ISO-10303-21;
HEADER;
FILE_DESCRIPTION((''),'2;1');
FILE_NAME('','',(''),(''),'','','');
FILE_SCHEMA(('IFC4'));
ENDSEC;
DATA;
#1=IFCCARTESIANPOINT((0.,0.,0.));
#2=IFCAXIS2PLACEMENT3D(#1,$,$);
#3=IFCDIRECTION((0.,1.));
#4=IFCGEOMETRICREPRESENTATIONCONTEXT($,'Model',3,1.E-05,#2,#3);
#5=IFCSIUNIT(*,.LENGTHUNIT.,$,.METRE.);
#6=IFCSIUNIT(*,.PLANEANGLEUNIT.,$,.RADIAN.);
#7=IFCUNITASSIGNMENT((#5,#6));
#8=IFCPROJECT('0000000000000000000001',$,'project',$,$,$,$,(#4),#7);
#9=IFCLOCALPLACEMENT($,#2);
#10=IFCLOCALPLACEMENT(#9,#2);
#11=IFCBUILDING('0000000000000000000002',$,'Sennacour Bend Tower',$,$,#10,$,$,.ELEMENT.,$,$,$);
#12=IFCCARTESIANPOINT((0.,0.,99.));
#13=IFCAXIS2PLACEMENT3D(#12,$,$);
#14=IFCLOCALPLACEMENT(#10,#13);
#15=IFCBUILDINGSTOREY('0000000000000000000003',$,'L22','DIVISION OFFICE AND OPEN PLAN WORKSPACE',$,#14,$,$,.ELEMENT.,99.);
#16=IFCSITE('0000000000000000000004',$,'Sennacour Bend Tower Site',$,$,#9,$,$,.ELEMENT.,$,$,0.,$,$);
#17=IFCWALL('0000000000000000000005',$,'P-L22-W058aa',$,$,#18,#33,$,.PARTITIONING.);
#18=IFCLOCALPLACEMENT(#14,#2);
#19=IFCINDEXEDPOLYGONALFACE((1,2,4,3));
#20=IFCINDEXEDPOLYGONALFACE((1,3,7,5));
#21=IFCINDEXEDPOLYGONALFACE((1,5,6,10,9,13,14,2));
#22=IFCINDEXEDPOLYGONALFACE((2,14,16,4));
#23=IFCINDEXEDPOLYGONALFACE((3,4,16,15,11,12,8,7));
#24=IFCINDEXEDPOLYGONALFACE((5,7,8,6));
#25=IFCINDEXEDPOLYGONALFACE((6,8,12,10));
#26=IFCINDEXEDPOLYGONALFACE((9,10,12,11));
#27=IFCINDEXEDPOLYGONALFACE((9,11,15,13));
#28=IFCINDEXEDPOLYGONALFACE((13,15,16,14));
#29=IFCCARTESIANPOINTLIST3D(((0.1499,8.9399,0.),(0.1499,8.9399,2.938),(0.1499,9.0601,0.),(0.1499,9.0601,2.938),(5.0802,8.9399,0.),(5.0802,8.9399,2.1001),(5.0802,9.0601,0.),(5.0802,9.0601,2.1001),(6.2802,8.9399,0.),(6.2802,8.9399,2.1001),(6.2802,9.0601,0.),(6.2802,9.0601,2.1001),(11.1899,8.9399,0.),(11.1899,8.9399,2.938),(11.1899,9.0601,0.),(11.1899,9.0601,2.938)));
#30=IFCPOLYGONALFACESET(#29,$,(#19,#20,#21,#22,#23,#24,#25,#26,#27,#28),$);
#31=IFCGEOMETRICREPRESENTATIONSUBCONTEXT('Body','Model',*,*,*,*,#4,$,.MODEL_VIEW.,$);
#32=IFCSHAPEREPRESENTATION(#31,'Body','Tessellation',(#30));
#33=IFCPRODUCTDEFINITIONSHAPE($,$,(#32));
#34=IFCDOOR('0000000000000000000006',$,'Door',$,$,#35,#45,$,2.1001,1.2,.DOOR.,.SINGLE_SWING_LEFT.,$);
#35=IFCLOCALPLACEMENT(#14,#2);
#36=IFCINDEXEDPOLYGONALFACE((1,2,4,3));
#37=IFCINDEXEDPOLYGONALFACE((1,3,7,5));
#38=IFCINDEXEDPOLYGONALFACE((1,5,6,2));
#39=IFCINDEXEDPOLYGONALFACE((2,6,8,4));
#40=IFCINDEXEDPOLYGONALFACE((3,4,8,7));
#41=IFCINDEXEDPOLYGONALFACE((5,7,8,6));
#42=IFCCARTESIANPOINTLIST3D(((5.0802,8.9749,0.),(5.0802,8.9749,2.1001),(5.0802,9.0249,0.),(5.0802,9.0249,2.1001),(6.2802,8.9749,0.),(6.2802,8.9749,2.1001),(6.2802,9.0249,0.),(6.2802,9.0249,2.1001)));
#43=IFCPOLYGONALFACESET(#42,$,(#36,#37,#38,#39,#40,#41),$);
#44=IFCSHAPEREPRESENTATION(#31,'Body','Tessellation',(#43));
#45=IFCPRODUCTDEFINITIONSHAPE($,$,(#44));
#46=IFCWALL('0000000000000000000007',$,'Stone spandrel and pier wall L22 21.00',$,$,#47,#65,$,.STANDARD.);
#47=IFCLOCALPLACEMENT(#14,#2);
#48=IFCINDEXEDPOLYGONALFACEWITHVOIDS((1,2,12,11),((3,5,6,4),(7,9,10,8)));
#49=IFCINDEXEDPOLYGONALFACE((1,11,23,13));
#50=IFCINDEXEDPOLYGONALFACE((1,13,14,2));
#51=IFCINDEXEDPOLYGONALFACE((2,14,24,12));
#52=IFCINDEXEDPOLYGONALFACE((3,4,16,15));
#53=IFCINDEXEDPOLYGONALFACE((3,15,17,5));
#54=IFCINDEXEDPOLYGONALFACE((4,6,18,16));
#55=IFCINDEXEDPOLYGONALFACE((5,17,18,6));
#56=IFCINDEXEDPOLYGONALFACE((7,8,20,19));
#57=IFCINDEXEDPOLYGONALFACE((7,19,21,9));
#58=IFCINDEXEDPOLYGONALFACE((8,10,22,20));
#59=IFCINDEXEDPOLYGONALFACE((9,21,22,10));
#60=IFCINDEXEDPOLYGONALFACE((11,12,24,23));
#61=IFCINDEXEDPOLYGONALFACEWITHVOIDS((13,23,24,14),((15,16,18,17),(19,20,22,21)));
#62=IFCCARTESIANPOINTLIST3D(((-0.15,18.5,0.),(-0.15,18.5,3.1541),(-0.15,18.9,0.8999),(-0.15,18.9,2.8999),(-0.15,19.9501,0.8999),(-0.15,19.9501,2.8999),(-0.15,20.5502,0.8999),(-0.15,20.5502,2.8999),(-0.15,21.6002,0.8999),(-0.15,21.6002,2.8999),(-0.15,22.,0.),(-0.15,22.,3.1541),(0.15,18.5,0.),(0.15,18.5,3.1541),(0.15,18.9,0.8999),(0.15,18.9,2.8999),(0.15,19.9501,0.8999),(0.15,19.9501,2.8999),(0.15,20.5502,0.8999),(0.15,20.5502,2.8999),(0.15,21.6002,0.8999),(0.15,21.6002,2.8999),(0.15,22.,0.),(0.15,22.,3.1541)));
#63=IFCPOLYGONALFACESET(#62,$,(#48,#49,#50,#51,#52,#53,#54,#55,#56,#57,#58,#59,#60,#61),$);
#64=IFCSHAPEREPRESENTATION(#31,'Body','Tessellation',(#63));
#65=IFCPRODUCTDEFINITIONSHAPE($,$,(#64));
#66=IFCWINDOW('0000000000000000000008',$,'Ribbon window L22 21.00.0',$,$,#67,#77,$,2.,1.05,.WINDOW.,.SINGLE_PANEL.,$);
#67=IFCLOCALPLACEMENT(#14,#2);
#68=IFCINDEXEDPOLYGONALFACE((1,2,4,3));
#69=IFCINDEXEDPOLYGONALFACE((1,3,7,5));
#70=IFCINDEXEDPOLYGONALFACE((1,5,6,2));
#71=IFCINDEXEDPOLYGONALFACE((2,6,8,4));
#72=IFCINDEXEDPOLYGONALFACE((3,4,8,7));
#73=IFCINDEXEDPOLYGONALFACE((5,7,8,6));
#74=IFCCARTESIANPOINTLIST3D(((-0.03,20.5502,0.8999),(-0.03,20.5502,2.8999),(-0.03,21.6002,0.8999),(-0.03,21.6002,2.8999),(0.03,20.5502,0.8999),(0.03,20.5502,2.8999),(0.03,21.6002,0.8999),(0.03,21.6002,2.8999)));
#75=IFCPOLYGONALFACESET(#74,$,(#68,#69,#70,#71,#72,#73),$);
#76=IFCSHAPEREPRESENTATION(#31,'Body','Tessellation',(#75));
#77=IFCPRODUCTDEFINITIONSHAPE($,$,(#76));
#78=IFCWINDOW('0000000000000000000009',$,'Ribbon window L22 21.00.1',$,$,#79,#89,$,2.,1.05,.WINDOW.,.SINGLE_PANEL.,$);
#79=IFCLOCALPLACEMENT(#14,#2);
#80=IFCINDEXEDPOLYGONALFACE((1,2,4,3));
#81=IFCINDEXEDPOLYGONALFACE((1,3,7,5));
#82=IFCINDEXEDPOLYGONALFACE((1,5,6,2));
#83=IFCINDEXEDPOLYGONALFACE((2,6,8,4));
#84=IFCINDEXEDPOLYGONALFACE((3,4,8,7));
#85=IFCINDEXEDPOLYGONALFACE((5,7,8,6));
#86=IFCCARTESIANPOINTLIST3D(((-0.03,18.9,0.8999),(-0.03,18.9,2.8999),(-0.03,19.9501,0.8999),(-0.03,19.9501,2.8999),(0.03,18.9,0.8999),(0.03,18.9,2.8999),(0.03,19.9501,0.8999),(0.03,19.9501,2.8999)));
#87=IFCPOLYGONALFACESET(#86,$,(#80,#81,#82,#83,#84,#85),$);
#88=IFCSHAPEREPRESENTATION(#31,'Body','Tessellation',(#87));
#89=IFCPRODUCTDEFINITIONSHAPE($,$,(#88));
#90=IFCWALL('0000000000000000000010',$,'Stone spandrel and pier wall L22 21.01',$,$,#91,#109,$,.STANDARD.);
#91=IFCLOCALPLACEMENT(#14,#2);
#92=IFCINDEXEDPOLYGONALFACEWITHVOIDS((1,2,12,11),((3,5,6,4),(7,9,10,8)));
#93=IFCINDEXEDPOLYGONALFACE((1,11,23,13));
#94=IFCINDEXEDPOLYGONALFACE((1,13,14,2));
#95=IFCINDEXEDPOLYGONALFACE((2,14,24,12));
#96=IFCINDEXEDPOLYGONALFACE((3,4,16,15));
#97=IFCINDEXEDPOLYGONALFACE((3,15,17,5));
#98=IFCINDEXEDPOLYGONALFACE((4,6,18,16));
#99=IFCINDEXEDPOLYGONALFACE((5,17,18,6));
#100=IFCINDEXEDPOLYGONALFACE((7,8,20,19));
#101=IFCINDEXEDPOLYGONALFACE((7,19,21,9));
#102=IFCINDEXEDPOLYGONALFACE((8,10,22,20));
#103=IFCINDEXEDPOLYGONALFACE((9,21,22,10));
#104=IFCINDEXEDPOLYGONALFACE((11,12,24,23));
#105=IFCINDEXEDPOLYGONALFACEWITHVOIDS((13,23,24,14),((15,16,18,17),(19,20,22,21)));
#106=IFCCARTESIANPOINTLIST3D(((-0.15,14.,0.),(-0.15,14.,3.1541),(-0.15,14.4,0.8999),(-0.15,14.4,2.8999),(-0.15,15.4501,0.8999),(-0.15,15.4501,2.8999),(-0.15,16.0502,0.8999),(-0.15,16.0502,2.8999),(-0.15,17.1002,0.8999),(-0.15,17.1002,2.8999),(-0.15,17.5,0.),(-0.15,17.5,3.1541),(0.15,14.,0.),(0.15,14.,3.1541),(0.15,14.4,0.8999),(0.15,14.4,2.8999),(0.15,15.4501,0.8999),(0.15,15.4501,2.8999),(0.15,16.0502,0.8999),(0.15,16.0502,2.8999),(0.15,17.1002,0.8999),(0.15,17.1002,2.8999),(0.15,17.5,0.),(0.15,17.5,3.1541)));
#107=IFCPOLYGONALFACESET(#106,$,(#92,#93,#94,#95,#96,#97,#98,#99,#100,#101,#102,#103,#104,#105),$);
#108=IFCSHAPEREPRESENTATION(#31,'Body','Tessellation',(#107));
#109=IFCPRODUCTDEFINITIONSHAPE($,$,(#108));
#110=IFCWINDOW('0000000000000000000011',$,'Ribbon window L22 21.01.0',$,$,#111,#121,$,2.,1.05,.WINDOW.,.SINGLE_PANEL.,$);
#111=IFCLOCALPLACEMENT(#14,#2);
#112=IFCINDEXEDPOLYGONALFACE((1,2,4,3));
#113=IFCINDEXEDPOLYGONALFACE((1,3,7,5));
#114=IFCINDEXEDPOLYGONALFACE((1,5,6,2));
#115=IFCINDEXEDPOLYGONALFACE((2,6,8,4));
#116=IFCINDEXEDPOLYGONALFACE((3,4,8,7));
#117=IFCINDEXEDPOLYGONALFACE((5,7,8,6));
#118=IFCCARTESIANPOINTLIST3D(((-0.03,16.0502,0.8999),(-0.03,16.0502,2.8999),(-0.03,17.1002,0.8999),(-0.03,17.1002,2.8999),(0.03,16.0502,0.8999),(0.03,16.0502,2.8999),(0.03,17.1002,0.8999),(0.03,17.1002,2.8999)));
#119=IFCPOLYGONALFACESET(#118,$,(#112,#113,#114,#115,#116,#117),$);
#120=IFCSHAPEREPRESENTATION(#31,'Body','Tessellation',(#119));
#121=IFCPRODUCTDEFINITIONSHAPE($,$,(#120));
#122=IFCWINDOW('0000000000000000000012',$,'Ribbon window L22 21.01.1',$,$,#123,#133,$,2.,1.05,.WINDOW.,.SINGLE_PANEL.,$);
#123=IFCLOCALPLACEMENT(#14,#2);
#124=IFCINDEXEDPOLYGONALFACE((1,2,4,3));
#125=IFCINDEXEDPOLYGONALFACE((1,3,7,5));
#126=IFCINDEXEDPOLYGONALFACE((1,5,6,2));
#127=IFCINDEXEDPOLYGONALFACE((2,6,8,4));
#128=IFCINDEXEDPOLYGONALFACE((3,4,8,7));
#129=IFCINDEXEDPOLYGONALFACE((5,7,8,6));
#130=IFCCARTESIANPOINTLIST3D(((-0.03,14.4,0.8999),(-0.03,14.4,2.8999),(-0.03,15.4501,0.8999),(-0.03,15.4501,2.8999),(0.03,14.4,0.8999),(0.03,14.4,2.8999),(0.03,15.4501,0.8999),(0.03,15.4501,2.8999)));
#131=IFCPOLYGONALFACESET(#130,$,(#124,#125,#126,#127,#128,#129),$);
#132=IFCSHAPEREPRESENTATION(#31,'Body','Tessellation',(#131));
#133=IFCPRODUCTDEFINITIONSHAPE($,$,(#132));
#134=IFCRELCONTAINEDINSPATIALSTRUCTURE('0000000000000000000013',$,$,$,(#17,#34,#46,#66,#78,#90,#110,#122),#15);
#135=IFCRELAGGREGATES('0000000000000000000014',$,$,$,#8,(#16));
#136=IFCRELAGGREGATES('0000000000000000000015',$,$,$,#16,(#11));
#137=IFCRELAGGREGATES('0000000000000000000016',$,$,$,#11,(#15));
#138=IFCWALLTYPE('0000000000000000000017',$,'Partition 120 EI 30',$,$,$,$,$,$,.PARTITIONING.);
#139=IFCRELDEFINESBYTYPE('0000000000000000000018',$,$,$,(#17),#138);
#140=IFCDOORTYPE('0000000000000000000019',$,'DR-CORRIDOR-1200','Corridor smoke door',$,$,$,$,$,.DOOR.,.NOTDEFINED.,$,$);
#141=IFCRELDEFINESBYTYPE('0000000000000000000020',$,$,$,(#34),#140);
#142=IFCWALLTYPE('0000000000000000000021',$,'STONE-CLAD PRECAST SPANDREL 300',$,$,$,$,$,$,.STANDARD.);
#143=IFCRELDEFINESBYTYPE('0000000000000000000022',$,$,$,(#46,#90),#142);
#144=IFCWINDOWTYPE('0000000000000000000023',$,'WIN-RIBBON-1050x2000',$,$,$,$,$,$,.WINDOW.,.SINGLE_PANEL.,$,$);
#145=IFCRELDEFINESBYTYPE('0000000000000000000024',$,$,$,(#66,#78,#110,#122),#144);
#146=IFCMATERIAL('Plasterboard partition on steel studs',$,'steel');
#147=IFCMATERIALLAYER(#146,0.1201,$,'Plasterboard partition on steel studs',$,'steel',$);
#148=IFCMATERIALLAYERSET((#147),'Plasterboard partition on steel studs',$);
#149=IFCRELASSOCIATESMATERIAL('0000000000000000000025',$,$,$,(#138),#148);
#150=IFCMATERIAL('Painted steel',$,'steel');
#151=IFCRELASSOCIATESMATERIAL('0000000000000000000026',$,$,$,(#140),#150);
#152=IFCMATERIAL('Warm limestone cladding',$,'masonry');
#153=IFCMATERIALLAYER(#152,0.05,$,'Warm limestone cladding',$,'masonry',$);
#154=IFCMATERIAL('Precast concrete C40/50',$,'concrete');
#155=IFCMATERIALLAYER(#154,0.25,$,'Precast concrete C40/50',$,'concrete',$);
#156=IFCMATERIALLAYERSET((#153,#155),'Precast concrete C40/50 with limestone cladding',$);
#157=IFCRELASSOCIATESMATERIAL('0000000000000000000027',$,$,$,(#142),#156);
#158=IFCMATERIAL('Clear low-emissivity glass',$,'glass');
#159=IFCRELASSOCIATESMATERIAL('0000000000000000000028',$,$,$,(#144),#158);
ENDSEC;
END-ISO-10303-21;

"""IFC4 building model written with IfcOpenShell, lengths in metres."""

from ifc_helpers import new_model, si_unit, direction, frame, frame_2d, origin, place, context, subcontext, project, spatial, rectangle, extrude, material, layer, layer_set, type_object, element, fill, save


model = new_model("IFC4")

# Units and contexts
model_context = context("Model", 3, precision=1e-05, world=origin(), true_north=direction((0.0, 1.0)))
body_context = subcontext(model_context, "Body", "Model", "MODEL_VIEW")
ifc_project = project(units=[si_unit("LENGTHUNIT", "METRE"), si_unit("PLANEANGLEUNIT", "RADIAN")], contexts=[model_context])

# Site, building, storey
site_placement = place(None, origin())
site = spatial("IfcSite", under=ifc_project, at=site_placement, Name="Sennacour Bend Tower Site", CompositionType="ELEMENT", RefElevation=0.0)
building_placement = place(site_placement, origin())
building = spatial("IfcBuilding", under=site, at=building_placement, Name="Sennacour Bend Tower", CompositionType="ELEMENT")
storey_placement = place(building_placement, frame((0.0, 0.0, 99.0)))
storey = spatial("IfcBuildingStorey", under=building, at=storey_placement, Name="L22", Description="DIVISION OFFICE AND OPEN PLAN WORKSPACE", CompositionType="ELEMENT", Elevation=99.0)

# Wall, opening, door
ifc_material_1 = material(Name="Plasterboard partition on steel studs", Category="steel")
ifc_layer_1 = layer(ifc_material_1, 0.1201, Name="Plasterboard partition on steel studs", Category="steel")
ifc_layer_set_1 = layer_set([ifc_layer_1], Name="Plasterboard partition on steel studs")
wall_type_1 = type_object("IfcWallType", Name="Partition 120 EI 30", PredefinedType="PARTITIONING", material=ifc_layer_set_1)
wall_1_placement = place(storey_placement, frame((0.1499, 9.0, 0.0), z_axis=(0.0, 0.0, 1.0), x_axis=(1.0, 0.0, 0.0)))
wall_1 = element("IfcWall", 1, at=wall_1_placement, inside=storey, type_object=wall_type_1, Name="P-L22-W058aa", PredefinedType="PARTITIONING", context=body_context, shape_type="SweptSolid", body=[
    extrude(rectangle(XDim=11.04, YDim=0.1201, at=frame_2d((5.52, 0.0))), origin(), (0.0, 0.0, 1.0), 2.938),
])
opening_1_placement = place(wall_1_placement, frame((4.9302, 0.0, 0.0)))
opening_1 = element("IfcOpeningElement", 2, at=opening_1_placement, cuts=wall_1, PredefinedType="OPENING", context=body_context, shape_type="SweptSolid", body=[
    extrude(rectangle(XDim=1.2, YDim=2.1001, at=frame_2d((0.6001, 1.05))), frame((0.0, 0.0701, 0.0), z_axis=(0.0, -1.0, 0.0), x_axis=(1.0, 0.0, 0.0)), (0.0, 0.0, 1.0), 0.1401),
])
ifc_material_2 = material(Name="Painted steel", Category="steel")
door_type = type_object("IfcDoorType", Name="DR-CORRIDOR-1200", Description="Corridor smoke door", OperationType="NOTDEFINED", PredefinedType="DOOR", material=ifc_material_2)
door_placement = place(opening_1_placement, origin())
door = element("IfcDoor", 3, at=door_placement, inside=storey, type_object=door_type, Name="Door", OperationType="SINGLE_SWING_LEFT", OverallHeight=2.1001, OverallWidth=1.2, PredefinedType="DOOR", context=body_context, shape_type="SweptSolid", body=[
    extrude(rectangle(XDim=1.2, YDim=2.1001, at=frame_2d((0.6001, 1.05))), frame((0.0, 0.0249, 0.0), z_axis=(0.0, -1.0, 0.0), x_axis=(1.0, 0.0, 0.0)), (0.0, 0.0, 1.0), 0.05),
])
fill(opening_1, door)

# Walls, openings, windows
ifc_material_3 = material(Name="Warm limestone cladding", Category="masonry")
ifc_layer_2 = layer(ifc_material_3, 0.05, Name="Warm limestone cladding", Category="masonry")
ifc_material_4 = material(Name="Precast concrete C40/50", Category="concrete")
ifc_layer_3 = layer(ifc_material_4, 0.25, Name="Precast concrete C40/50", Category="concrete")
ifc_layer_set_2 = layer_set([ifc_layer_2, ifc_layer_3], Name="Precast concrete C40/50 with limestone cladding")
wall_type_2 = type_object("IfcWallType", Name="STONE-CLAD PRECAST SPANDREL 300", PredefinedType="STANDARD", material=ifc_layer_set_2)
wall_2_placement = place(storey_placement, frame((0.0, 22.0, 0.0), z_axis=(0.0, 0.0, 1.0), x_axis=(0.0, -1.0, 0.0)))
wall_2 = element("IfcWall", 4, at=wall_2_placement, inside=storey, type_object=wall_type_2, Name="Stone spandrel and pier wall L22 21.00", PredefinedType="STANDARD", context=body_context, shape_type="SweptSolid", body=[
    extrude(rectangle(XDim=3.5, YDim=0.3, at=frame_2d((1.75, 0.0))), origin(), (0.0, 0.0, 1.0), 3.1541),
])
opening_2_placement = place(wall_2_placement, frame((0.3999, 0.0, 0.8999)))
opening_2 = element("IfcOpeningElement", 5, at=opening_2_placement, cuts=wall_2, PredefinedType="OPENING", context=body_context, shape_type="SweptSolid", body=[
    extrude(rectangle(XDim=1.05, YDim=2.0, at=frame_2d((0.5249, 1.0))), frame((0.0, 0.1602, 0.0), z_axis=(0.0, -1.0, 0.0), x_axis=(1.0, 0.0, 0.0)), (0.0, 0.0, 1.0), 0.3201),
])
opening_3_placement = place(wall_2_placement, frame((2.05, 0.0, 0.8999)))
opening_3 = element("IfcOpeningElement", 6, at=opening_3_placement, cuts=wall_2, PredefinedType="OPENING", context=body_context, shape_type="SweptSolid", body=[
    extrude(rectangle(XDim=1.05, YDim=2.0, at=frame_2d((0.5249, 1.0))), frame((0.0, 0.1602, 0.0), z_axis=(0.0, -1.0, 0.0), x_axis=(1.0, 0.0, 0.0)), (0.0, 0.0, 1.0), 0.3201),
])
ifc_material_5 = material(Name="Clear low-emissivity glass", Category="glass")
window_type = type_object("IfcWindowType", Name="WIN-RIBBON-1050x2000", PartitioningType="SINGLE_PANEL", PredefinedType="WINDOW", material=ifc_material_5)
window_1_placement = place(opening_2_placement, origin())
window_1 = element("IfcWindow", 7, at=window_1_placement, inside=storey, type_object=window_type, Name="Ribbon window L22 21.00.0", OverallHeight=2.0, OverallWidth=1.05, PartitioningType="SINGLE_PANEL", PredefinedType="WINDOW", context=body_context, shape_type="SweptSolid", body=[
    extrude(rectangle(XDim=1.05, YDim=2.0, at=frame_2d((0.5249, 1.0))), frame((0.0, 0.03, 0.0), z_axis=(0.0, -1.0, 0.0), x_axis=(1.0, 0.0, 0.0)), (0.0, 0.0, 1.0), 0.0601),
])
fill(opening_2, window_1)
window_2_placement = place(opening_3_placement, origin())
window_2 = element("IfcWindow", 8, at=window_2_placement, inside=storey, type_object=window_type, Name="Ribbon window L22 21.00.1", OverallHeight=2.0, OverallWidth=1.05, PartitioningType="SINGLE_PANEL", PredefinedType="WINDOW", context=body_context, shape_type="SweptSolid", body=[
    extrude(rectangle(XDim=1.05, YDim=2.0, at=frame_2d((0.5249, 1.0))), frame((0.0, 0.03, 0.0), z_axis=(0.0, -1.0, 0.0), x_axis=(1.0, 0.0, 0.0)), (0.0, 0.0, 1.0), 0.0601),
])
fill(opening_3, window_2)
wall_3_placement = place(storey_placement, frame((0.0, 17.5, 0.0), z_axis=(0.0, 0.0, 1.0), x_axis=(0.0, -1.0, 0.0)))
wall_3 = element("IfcWall", 9, at=wall_3_placement, inside=storey, type_object=wall_type_2, Name="Stone spandrel and pier wall L22 21.01", PredefinedType="STANDARD", context=body_context, shape_type="SweptSolid", body=[
    extrude(rectangle(XDim=3.5, YDim=0.3, at=frame_2d((1.75, 0.0))), origin(), (0.0, 0.0, 1.0), 3.1541),
])
opening_4_placement = place(wall_3_placement, frame((0.3999, 0.0, 0.8999)))
opening_4 = element("IfcOpeningElement", 10, at=opening_4_placement, cuts=wall_3, PredefinedType="OPENING", context=body_context, shape_type="SweptSolid", body=[
    extrude(rectangle(XDim=1.05, YDim=2.0, at=frame_2d((0.5249, 1.0))), frame((0.0, 0.1602, 0.0), z_axis=(0.0, -1.0, 0.0), x_axis=(1.0, 0.0, 0.0)), (0.0, 0.0, 1.0), 0.3201),
])
opening_5_placement = place(wall_3_placement, frame((2.05, 0.0, 0.8999)))
opening_5 = element("IfcOpeningElement", 11, at=opening_5_placement, cuts=wall_3, PredefinedType="OPENING", context=body_context, shape_type="SweptSolid", body=[
    extrude(rectangle(XDim=1.05, YDim=2.0, at=frame_2d((0.5249, 1.0))), frame((0.0, 0.1602, 0.0), z_axis=(0.0, -1.0, 0.0), x_axis=(1.0, 0.0, 0.0)), (0.0, 0.0, 1.0), 0.3201),
])
window_3_placement = place(opening_4_placement, origin())
window_3 = element("IfcWindow", 12, at=window_3_placement, inside=storey, type_object=window_type, Name="Ribbon window L22 21.01.0", OverallHeight=2.0, OverallWidth=1.05, PartitioningType="SINGLE_PANEL", PredefinedType="WINDOW", context=body_context, shape_type="SweptSolid", body=[
    extrude(rectangle(XDim=1.05, YDim=2.0, at=frame_2d((0.5249, 1.0))), frame((0.0, 0.03, 0.0), z_axis=(0.0, -1.0, 0.0), x_axis=(1.0, 0.0, 0.0)), (0.0, 0.0, 1.0), 0.0601),
])
fill(opening_4, window_3)
window_4_placement = place(opening_5_placement, origin())
window_4 = element("IfcWindow", 13, at=window_4_placement, inside=storey, type_object=window_type, Name="Ribbon window L22 21.01.1", OverallHeight=2.0, OverallWidth=1.05, PartitioningType="SINGLE_PANEL", PredefinedType="WINDOW", context=body_context, shape_type="SweptSolid", body=[
    extrude(rectangle(XDim=1.05, YDim=2.0, at=frame_2d((0.5249, 1.0))), frame((0.0, 0.03, 0.0), z_axis=(0.0, -1.0, 0.0), x_axis=(1.0, 0.0, 0.0)), (0.0, 0.0, 1.0), 0.0601),
])
fill(opening_5, window_4)

save(model, "model.ifc")
